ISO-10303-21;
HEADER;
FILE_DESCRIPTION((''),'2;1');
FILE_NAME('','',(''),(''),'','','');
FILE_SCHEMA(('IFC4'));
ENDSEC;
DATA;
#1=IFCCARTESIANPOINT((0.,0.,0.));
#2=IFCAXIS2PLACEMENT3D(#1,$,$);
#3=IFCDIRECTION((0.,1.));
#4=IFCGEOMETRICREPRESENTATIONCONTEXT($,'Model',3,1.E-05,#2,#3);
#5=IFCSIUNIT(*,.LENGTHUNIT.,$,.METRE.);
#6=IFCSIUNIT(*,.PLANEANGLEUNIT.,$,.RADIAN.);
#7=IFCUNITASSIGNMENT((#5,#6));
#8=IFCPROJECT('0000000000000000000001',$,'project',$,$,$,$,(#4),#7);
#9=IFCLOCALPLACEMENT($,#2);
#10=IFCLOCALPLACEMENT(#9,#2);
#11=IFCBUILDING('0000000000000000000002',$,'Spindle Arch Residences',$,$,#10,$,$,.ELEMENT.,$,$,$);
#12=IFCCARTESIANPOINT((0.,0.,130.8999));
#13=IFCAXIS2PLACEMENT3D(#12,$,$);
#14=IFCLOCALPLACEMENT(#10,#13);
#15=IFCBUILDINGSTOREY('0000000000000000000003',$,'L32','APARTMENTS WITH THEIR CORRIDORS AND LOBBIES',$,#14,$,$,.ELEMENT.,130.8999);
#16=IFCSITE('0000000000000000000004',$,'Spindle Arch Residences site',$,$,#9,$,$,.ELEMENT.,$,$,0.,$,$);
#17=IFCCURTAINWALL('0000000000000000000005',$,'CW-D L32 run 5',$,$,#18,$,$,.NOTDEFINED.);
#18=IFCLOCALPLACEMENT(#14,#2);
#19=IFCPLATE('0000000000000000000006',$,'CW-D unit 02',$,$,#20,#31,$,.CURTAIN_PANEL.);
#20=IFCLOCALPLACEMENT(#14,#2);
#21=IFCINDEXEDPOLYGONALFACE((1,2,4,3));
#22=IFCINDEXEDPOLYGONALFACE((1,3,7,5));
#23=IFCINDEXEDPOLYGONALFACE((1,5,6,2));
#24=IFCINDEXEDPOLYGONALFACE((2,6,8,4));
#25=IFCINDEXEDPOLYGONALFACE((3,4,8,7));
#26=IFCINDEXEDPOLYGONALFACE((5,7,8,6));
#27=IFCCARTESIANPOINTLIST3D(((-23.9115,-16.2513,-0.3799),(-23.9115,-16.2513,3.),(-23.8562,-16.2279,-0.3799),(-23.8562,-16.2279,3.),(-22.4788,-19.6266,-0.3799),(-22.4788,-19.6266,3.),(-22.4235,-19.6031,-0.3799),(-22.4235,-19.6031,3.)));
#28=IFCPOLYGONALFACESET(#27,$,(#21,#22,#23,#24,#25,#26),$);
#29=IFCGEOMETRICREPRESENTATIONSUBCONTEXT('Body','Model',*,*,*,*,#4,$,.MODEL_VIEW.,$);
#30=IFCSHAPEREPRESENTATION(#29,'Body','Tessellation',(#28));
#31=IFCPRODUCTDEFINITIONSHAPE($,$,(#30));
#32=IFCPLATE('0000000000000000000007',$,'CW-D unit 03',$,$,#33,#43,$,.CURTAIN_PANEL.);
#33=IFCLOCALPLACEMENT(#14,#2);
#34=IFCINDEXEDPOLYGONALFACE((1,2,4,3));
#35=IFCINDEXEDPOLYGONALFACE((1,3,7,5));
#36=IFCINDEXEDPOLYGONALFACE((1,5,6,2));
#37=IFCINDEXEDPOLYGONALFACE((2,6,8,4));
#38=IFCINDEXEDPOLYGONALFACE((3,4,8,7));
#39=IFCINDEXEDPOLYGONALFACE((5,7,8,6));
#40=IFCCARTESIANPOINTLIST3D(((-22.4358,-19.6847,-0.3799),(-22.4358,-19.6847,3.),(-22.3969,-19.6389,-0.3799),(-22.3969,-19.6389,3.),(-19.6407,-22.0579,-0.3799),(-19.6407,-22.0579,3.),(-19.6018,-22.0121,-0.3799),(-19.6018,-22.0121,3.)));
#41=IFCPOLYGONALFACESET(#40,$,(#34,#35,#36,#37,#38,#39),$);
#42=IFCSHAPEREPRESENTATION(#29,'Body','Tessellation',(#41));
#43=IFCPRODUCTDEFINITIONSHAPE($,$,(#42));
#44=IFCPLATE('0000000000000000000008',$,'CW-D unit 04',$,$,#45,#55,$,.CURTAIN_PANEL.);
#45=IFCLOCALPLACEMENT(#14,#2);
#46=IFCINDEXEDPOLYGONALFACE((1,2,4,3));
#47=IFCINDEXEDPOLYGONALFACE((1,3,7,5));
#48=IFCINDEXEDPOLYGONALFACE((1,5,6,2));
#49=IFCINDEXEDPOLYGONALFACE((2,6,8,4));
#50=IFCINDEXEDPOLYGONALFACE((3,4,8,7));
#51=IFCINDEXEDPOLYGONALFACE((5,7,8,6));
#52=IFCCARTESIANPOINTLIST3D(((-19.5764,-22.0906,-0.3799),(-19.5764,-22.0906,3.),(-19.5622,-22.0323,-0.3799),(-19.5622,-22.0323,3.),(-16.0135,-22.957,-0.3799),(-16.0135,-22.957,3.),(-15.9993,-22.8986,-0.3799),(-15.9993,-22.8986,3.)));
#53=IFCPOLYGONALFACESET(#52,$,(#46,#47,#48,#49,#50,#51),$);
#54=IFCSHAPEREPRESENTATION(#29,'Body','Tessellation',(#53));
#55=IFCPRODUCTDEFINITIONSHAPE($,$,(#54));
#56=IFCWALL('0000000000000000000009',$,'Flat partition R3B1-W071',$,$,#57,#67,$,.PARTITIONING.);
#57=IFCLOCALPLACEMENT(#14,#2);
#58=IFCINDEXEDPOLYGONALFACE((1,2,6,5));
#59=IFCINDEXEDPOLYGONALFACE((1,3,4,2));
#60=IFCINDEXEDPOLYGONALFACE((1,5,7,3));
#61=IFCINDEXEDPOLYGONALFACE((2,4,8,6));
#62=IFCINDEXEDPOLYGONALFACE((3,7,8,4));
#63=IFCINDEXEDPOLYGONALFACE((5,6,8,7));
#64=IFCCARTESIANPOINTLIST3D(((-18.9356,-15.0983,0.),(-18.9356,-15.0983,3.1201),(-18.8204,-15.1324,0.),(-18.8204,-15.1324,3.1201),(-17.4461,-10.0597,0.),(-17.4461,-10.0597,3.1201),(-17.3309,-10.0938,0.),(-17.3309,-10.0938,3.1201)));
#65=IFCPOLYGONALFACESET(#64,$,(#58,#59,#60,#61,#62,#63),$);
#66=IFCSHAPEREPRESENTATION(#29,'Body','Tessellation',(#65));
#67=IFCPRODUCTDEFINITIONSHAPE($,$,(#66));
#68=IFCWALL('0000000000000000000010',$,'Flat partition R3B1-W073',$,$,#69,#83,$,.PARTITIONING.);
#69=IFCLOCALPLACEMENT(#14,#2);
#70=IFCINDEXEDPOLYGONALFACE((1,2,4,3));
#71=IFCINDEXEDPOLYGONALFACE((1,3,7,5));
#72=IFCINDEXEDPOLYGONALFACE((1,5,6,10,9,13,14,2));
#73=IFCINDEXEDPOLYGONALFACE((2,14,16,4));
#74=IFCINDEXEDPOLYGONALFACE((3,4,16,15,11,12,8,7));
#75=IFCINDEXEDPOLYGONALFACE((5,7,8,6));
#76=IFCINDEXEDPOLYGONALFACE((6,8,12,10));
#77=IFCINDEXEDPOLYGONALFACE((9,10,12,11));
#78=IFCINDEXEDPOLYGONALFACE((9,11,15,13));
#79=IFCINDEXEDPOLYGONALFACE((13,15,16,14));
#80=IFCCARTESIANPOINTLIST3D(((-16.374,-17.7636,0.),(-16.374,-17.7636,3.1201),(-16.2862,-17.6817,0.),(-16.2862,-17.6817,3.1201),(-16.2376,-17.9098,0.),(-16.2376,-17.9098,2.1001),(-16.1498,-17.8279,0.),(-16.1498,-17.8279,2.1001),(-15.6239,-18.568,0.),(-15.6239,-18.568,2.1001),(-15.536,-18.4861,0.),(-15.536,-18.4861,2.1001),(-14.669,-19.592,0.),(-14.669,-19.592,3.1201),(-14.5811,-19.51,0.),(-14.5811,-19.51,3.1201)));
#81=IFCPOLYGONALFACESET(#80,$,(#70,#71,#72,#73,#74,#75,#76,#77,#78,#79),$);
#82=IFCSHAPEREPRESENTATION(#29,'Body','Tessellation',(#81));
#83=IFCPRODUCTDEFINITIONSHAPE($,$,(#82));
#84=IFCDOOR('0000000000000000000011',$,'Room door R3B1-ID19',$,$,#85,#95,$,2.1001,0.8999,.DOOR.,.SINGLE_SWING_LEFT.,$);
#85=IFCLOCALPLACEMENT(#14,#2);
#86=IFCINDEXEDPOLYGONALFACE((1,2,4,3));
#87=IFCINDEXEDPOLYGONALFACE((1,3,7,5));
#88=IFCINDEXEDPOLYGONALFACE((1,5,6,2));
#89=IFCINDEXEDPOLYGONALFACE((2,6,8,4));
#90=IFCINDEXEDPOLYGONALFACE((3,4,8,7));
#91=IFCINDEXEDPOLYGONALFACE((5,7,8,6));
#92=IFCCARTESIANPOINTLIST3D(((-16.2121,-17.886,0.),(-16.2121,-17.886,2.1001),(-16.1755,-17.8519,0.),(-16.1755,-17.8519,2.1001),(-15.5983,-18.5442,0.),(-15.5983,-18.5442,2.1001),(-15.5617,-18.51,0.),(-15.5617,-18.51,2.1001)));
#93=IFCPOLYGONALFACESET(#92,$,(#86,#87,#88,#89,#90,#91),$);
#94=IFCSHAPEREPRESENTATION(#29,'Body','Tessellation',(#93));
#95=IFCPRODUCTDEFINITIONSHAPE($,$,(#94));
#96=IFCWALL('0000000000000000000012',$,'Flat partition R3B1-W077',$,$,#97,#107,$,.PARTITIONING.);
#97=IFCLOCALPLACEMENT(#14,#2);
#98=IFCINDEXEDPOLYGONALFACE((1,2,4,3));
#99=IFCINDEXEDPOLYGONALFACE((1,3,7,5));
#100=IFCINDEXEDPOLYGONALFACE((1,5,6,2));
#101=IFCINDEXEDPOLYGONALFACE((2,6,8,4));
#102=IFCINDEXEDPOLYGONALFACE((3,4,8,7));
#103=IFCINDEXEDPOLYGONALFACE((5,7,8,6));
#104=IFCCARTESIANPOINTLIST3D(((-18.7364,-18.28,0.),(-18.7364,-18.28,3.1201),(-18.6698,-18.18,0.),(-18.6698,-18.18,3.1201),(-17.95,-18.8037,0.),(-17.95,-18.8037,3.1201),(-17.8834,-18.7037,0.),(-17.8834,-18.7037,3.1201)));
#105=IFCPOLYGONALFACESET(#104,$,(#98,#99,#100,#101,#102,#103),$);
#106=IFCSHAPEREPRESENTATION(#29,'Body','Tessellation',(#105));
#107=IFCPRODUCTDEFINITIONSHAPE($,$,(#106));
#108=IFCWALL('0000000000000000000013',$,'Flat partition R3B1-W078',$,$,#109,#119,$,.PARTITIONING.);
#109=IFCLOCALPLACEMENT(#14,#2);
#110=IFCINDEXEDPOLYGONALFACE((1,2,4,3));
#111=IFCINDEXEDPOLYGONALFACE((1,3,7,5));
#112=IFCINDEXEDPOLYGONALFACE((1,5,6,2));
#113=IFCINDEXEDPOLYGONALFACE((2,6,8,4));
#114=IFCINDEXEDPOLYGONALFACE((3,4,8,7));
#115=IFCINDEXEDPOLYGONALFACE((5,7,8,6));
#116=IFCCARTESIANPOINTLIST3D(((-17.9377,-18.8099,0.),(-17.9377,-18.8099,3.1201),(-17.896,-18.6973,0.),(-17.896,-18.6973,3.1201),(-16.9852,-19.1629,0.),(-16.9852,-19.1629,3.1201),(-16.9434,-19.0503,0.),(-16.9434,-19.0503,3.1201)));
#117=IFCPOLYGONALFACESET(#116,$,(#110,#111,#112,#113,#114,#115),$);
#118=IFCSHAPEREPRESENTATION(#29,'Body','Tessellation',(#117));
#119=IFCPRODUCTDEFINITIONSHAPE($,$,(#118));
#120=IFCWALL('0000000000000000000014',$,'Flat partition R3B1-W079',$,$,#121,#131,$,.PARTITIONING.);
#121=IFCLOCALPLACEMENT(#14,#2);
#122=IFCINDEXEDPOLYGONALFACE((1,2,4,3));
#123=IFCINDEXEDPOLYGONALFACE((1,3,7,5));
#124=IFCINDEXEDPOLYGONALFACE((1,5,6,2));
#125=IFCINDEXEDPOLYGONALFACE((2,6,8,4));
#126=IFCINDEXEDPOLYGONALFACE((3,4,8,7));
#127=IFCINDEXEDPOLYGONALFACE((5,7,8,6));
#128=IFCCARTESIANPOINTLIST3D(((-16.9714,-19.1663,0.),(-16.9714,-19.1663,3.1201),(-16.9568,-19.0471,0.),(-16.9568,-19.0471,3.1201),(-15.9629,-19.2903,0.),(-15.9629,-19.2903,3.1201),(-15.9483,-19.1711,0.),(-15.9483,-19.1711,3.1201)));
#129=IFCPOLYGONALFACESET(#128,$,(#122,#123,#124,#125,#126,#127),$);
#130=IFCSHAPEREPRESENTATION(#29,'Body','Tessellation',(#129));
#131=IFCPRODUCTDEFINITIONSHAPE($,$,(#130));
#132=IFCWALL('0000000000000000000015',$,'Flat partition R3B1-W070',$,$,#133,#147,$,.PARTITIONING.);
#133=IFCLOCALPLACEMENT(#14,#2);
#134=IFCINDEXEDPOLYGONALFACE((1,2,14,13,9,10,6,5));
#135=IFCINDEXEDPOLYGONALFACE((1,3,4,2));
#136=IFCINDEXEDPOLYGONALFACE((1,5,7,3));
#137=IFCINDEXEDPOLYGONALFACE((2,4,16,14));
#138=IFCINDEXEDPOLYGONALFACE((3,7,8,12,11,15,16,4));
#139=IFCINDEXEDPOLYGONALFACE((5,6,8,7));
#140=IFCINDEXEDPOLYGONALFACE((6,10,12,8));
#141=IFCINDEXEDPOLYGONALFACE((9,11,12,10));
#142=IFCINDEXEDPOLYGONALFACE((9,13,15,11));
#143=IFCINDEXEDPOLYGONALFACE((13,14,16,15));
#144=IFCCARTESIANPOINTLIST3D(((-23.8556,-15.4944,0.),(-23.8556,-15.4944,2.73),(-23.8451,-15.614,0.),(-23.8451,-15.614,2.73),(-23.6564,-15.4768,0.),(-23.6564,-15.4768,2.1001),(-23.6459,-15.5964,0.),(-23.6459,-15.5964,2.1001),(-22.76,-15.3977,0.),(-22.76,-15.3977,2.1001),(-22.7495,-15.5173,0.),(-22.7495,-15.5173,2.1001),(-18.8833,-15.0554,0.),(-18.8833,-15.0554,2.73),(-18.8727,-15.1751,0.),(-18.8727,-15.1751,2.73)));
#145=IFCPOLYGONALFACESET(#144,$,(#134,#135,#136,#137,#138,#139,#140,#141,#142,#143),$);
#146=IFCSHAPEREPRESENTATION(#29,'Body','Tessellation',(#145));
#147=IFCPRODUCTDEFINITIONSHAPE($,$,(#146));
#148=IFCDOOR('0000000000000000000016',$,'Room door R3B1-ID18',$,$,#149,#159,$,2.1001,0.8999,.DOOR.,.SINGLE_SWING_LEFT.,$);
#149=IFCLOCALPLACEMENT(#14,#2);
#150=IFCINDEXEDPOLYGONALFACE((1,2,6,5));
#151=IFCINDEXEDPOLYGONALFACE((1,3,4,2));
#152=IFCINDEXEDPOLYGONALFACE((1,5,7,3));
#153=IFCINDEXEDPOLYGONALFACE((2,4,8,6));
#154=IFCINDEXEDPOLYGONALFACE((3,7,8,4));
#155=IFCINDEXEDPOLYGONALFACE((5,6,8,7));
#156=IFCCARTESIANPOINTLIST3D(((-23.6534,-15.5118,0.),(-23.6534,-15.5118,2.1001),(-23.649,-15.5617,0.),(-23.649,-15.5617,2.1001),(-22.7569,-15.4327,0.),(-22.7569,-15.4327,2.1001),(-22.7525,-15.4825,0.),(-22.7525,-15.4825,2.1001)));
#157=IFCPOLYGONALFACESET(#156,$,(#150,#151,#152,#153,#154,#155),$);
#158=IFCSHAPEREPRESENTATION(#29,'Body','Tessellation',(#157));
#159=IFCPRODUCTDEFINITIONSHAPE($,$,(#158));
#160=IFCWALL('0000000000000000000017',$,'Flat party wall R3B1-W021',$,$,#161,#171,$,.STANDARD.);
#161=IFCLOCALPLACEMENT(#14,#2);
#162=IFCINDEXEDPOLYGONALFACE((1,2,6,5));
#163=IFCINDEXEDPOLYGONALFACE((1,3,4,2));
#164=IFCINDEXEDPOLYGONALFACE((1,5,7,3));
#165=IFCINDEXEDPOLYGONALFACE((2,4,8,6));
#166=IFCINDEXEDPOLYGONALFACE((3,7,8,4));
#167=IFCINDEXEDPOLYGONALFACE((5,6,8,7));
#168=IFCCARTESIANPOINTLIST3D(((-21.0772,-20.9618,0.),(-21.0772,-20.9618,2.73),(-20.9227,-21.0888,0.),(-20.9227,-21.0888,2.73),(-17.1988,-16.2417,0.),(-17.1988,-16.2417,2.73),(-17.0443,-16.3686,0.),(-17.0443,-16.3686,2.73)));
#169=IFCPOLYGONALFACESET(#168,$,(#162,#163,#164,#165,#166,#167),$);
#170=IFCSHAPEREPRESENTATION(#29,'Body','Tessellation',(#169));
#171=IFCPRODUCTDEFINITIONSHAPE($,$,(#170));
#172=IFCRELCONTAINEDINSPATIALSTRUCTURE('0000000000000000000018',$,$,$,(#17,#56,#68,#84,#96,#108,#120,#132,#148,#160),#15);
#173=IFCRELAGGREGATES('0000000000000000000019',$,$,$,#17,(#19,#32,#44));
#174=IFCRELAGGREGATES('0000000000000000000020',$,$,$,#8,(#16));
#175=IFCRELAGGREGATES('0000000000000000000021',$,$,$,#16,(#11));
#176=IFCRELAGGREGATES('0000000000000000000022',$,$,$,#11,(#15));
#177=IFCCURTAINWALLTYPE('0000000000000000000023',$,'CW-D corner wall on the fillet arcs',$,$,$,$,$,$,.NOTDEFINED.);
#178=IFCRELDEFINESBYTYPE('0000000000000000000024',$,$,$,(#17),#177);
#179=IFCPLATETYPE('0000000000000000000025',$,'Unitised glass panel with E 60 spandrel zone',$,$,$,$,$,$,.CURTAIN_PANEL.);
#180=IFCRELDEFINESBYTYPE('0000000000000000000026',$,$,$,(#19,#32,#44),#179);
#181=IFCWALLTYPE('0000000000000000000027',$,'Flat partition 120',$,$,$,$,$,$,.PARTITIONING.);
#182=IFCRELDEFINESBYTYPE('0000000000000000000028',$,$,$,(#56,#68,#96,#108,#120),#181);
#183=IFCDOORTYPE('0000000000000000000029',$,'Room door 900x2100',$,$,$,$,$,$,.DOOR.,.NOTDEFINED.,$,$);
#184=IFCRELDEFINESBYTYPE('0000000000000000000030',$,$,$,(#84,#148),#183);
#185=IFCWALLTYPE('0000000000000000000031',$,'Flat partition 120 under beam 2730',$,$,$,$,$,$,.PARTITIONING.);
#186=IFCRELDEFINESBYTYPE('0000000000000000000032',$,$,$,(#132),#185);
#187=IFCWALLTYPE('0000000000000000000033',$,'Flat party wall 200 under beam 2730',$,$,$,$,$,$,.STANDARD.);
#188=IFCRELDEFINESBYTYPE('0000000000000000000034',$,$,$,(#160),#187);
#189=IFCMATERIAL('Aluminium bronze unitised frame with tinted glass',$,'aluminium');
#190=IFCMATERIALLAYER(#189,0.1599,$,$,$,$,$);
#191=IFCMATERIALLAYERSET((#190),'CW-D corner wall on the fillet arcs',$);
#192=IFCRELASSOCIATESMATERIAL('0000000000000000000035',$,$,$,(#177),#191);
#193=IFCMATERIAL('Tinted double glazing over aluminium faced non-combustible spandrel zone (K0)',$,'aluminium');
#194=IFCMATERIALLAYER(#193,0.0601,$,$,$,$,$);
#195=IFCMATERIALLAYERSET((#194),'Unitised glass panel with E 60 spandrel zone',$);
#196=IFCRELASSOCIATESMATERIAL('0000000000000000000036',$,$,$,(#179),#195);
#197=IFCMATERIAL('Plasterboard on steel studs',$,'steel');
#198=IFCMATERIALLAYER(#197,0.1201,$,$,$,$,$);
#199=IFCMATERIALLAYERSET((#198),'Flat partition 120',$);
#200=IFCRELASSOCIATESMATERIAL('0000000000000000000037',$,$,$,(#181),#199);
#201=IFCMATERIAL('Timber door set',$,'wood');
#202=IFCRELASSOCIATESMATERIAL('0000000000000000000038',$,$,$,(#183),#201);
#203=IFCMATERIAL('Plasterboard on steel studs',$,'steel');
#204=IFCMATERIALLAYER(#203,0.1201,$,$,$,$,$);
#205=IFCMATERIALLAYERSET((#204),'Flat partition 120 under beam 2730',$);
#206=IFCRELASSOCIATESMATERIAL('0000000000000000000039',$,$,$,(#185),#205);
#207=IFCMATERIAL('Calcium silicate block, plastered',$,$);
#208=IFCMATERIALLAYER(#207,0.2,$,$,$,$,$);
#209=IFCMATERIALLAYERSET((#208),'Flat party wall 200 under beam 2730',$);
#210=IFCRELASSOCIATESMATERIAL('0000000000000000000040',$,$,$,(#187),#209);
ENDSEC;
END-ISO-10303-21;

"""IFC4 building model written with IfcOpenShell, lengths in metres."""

from ifc_helpers import new_model, si_unit, direction, frame, frame_2d, origin, origin_2d, place, context, subcontext, project, spatial, rectangle, extrude, material, layer, layer_set, type_object, element, fill, aggregate, save


model = new_model("IFC4")

# Units and contexts
model_context = context("Model", 3, precision=1e-05, world=origin(), true_north=direction((0.0, 1.0)))
body_context = subcontext(model_context, "Body", "Model", "MODEL_VIEW")
ifc_project = project(units=[si_unit("LENGTHUNIT", "METRE"), si_unit("PLANEANGLEUNIT", "RADIAN")], contexts=[model_context])

# Site, building, storey
site_placement = place(None, origin())
site = spatial("IfcSite", under=ifc_project, at=site_placement, Name="Spindle Arch Residences site", CompositionType="ELEMENT", RefElevation=0.0)
building_placement = place(site_placement, origin())
building = spatial("IfcBuilding", under=site, at=building_placement, Name="Spindle Arch Residences", CompositionType="ELEMENT")
storey_placement = place(building_placement, frame((0.0, 0.0, 130.8999)))
storey = spatial("IfcBuildingStorey", under=building, at=storey_placement, Name="L32", Description="APARTMENTS WITH THEIR CORRIDORS AND LOBBIES", CompositionType="ELEMENT", Elevation=130.8999)

# Curtain wall
ifc_material_1 = material(Name="Aluminium bronze unitised frame with tinted glass", Category="aluminium")
ifc_layer_1 = layer(ifc_material_1, 0.1599)
ifc_layer_set_1 = layer_set([ifc_layer_1], Name="CW-D corner wall on the fillet arcs")
curtain_wall_type = type_object("IfcCurtainWallType", Name="CW-D corner wall on the fillet arcs", PredefinedType="NOTDEFINED", material=ifc_layer_set_1)
curtain_wall_placement = place(storey_placement, origin())
curtain_wall = element("IfcCurtainWall", 1, at=curtain_wall_placement, inside=storey, type_object=curtain_wall_type, Name="CW-D L32 run 5", PredefinedType="NOTDEFINED")

# Plates
ifc_material_2 = material(Name="Tinted double glazing over aluminium faced non-combustible spandrel zone (K0)", Category="aluminium")
ifc_layer_2 = layer(ifc_material_2, 0.0601)
ifc_layer_set_2 = layer_set([ifc_layer_2], Name="Unitised glass panel with E 60 spandrel zone")
plate_type = type_object("IfcPlateType", Name="Unitised glass panel with E 60 spandrel zone", PredefinedType="CURTAIN_PANEL", material=ifc_layer_set_2)
plate_1_placement = place(storey_placement, frame((-23.1675, -17.9272, -0.3799), z_axis=(0.0, 0.0, 1.0), x_axis=(0.390731, -0.920505, 0.0)))
plate_1 = element("IfcPlate", 2, at=plate_1_placement, type_object=plate_type, Name="CW-D unit 02", PredefinedType="CURTAIN_PANEL", context=body_context, shape_type="SweptSolid", body=[
    extrude(rectangle(XDim=3.6667, YDim=0.0601, at=origin_2d()), origin(), (0.0, 0.0, 1.0), 3.3799),
])
plate_2_placement = place(storey_placement, frame((-21.0188, -20.8484, -0.3799), z_axis=(0.0, 0.0, 1.0), x_axis=(0.762292, -0.647233, 0.0)))
plate_2 = element("IfcPlate", 3, at=plate_2_placement, type_object=plate_type, Name="CW-D unit 03", PredefinedType="CURTAIN_PANEL", context=body_context, shape_type="SweptSolid", body=[
    extrude(rectangle(XDim=3.6667, YDim=0.0601, at=origin_2d()), origin(), (0.0, 0.0, 1.0), 3.3799),
])
plate_3_placement = place(storey_placement, frame((-17.7878, -22.4946, -0.3799), z_axis=(0.0, 0.0, 1.0), x_axis=(0.971687, -0.236273, 0.0)))
plate_3 = element("IfcPlate", 4, at=plate_3_placement, type_object=plate_type, Name="CW-D unit 04", PredefinedType="CURTAIN_PANEL", context=body_context, shape_type="SweptSolid", body=[
    extrude(rectangle(XDim=3.6667, YDim=0.0601, at=origin_2d()), origin(), (0.0, 0.0, 1.0), 3.3799),
])
aggregate(curtain_wall, [plate_1, plate_2, plate_3])

# Wall
ifc_material_3 = material(Name="Plasterboard on steel studs", Category="steel")
ifc_layer_3 = layer(ifc_material_3, 0.1201)
ifc_layer_set_3 = layer_set([ifc_layer_3], Name="Flat partition 120")
wall_type_1 = type_object("IfcWallType", Name="Flat partition 120", PredefinedType="PARTITIONING", material=ifc_layer_set_3)
wall_1_placement = place(storey_placement, frame((-18.8779, -15.1152, 0.0), z_axis=(0.0, 0.0, 1.0), x_axis=(0.283492, 0.958975, 0.0)))
element("IfcWall", 5, at=wall_1_placement, inside=storey, type_object=wall_type_1, Name="Flat partition R3B1-W071", PredefinedType="PARTITIONING", context=body_context, shape_type="SweptSolid", body=[
    extrude(rectangle(XDim=5.2542, YDim=0.1201, at=frame_2d((2.627, 0.0))), origin(), (0.0, 0.0, 1.0), 3.1201),
])

# Wall, opening, door
wall_2_placement = place(storey_placement, frame((-16.3301, -17.7227, 0.0), z_axis=(0.0, 0.0, 1.0), x_axis=(0.682019, -0.731334, 0.0)))
wall_2 = element("IfcWall", 6, at=wall_2_placement, inside=storey, type_object=wall_type_1, Name="Flat partition R3B1-W073", PredefinedType="PARTITIONING", context=body_context, shape_type="SweptSolid", body=[
    extrude(rectangle(XDim=2.5, YDim=0.1201, at=frame_2d((1.25, 0.0))), origin(), (0.0, 0.0, 1.0), 3.1201),
])
opening_1_placement = place(wall_2_placement, frame((0.2, 0.0, 0.0)))
opening_1 = element("IfcOpeningElement", 7, at=opening_1_placement, cuts=wall_2, PredefinedType="OPENING", context=body_context, shape_type="SweptSolid", body=[
    extrude(rectangle(XDim=0.8999, YDim=2.1001, at=frame_2d((0.45, 1.05))), frame((0.0, 0.0701, 0.0), z_axis=(0.0, -1.0, 0.0), x_axis=(1.0, 0.0, 0.0)), (0.0, 0.0, 1.0), 0.1401),
])
ifc_material_4 = material(Name="Timber door set", Category="wood")
door_type = type_object("IfcDoorType", Name="Room door 900x2100", OperationType="NOTDEFINED", PredefinedType="DOOR", material=ifc_material_4)
door_1_placement = place(opening_1_placement, origin())
door_1 = element("IfcDoor", 8, at=door_1_placement, inside=storey, type_object=door_type, Name="Room door R3B1-ID19", OperationType="SINGLE_SWING_LEFT", OverallHeight=2.1001, OverallWidth=0.8999, PredefinedType="DOOR", context=body_context, shape_type="SweptSolid", body=[
    extrude(rectangle(XDim=0.8999, YDim=2.1001, at=frame_2d((0.45, 1.05))), frame((0.0, 0.0249, 0.0), z_axis=(0.0, -1.0, 0.0), x_axis=(1.0, 0.0, 0.0)), (0.0, 0.0, 1.0), 0.05),
])
fill(opening_1, door_1)

# Walls
wall_3_placement = place(storey_placement, frame((-18.7031, -18.23, 0.0), z_axis=(0.0, 0.0, 1.0), x_axis=(0.832328, -0.554283, 0.0)))
element("IfcWall", 9, at=wall_3_placement, inside=storey, type_object=wall_type_1, Name="Flat partition R3B1-W077", PredefinedType="PARTITIONING", context=body_context, shape_type="SweptSolid", body=[
    extrude(rectangle(XDim=0.9448, YDim=0.1201, at=frame_2d((0.4724, 0.0))), origin(), (0.0, 0.0, 1.0), 3.1201),
])
wall_4_placement = place(storey_placement, frame((-17.9167, -18.7537, 0.0), z_axis=(0.0, 0.0, 1.0), x_axis=(0.937685, -0.347487, 0.0)))
element("IfcWall", 10, at=wall_4_placement, inside=storey, type_object=wall_type_1, Name="Flat partition R3B1-W078", PredefinedType="PARTITIONING", context=body_context, shape_type="SweptSolid", body=[
    extrude(rectangle(XDim=1.0159, YDim=0.1201, at=frame_2d((0.5078, 0.0))), origin(), (0.0, 0.0, 1.0), 3.1201),
])
wall_5_placement = place(storey_placement, frame((-16.9641, -19.1067, 0.0), z_axis=(0.0, 0.0, 1.0), x_axis=(0.992524, -0.122053, 0.0)))
element("IfcWall", 11, at=wall_5_placement, inside=storey, type_object=wall_type_1, Name="Flat partition R3B1-W079", PredefinedType="PARTITIONING", context=body_context, shape_type="SweptSolid", body=[
    extrude(rectangle(XDim=1.0161, YDim=0.1201, at=frame_2d((0.5081, 0.0))), origin(), (0.0, 0.0, 1.0), 3.1201),
])

# Wall, opening, door
ifc_material_5 = material(Name="Plasterboard on steel studs", Category="steel")
ifc_layer_4 = layer(ifc_material_5, 0.1201)
ifc_layer_set_4 = layer_set([ifc_layer_4], Name="Flat partition 120 under beam 2730")
wall_type_2 = type_object("IfcWallType", Name="Flat partition 120 under beam 2730", PredefinedType="PARTITIONING", material=ifc_layer_set_4)
wall_6_placement = place(storey_placement, frame((-23.8503, -15.5542, 0.0), z_axis=(0.0, 0.0, 1.0), x_axis=(0.996126, 0.087938, 0.0)))
wall_6 = element("IfcWall", 12, at=wall_6_placement, inside=storey, type_object=wall_type_2, Name="Flat partition R3B1-W070", PredefinedType="PARTITIONING", context=body_context, shape_type="SweptSolid", body=[
    extrude(rectangle(XDim=4.9917, YDim=0.1201, at=frame_2d((2.4958, 0.0))), origin(), (0.0, 0.0, 1.0), 2.73),
])
opening_2_placement = place(wall_6_placement, frame((0.2, 0.0, 0.0)))
opening_2 = element("IfcOpeningElement", 13, at=opening_2_placement, cuts=wall_6, PredefinedType="OPENING", context=body_context, shape_type="SweptSolid", body=[
    extrude(rectangle(XDim=0.8999, YDim=2.1001, at=frame_2d((0.45, 1.05))), frame((0.0, 0.0701, 0.0), z_axis=(0.0, -1.0, 0.0), x_axis=(1.0, 0.0, 0.0)), (0.0, 0.0, 1.0), 0.1401),
])
door_2_placement = place(opening_2_placement, origin())
door_2 = element("IfcDoor", 14, at=door_2_placement, inside=storey, type_object=door_type, Name="Room door R3B1-ID18", OperationType="SINGLE_SWING_LEFT", OverallHeight=2.1001, OverallWidth=0.8999, PredefinedType="DOOR", context=body_context, shape_type="SweptSolid", body=[
    extrude(rectangle(XDim=0.8999, YDim=2.1001, at=frame_2d((0.45, 1.05))), frame((0.0, 0.0249, 0.0), z_axis=(0.0, -1.0, 0.0), x_axis=(1.0, 0.0, 0.0)), (0.0, 0.0, 1.0), 0.05),
])
fill(opening_2, door_2)

# Wall
ifc_material_6 = material(Name="Calcium silicate block, plastered")
ifc_layer_5 = layer(ifc_material_6, 0.2)
ifc_layer_set_5 = layer_set([ifc_layer_5], Name="Flat party wall 200 under beam 2730")
wall_type_3 = type_object("IfcWallType", Name="Flat party wall 200 under beam 2730", PredefinedType="STANDARD", material=ifc_layer_set_5)
wall_7_placement = place(storey_placement, frame((-21.0, -21.0254, 0.0), z_axis=(0.0, 0.0, 1.0), x_axis=(0.634847, 0.772638, 0.0)))
element("IfcWall", 15, at=wall_7_placement, inside=storey, type_object=wall_type_3, Name="Flat party wall R3B1-W021", PredefinedType="STANDARD", context=body_context, shape_type="SweptSolid", body=[
    extrude(rectangle(XDim=6.1091, YDim=0.2, at=frame_2d((3.0547, 0.0))), origin(), (0.0, 0.0, 1.0), 2.73),
])

save(model, "model.ifc")
